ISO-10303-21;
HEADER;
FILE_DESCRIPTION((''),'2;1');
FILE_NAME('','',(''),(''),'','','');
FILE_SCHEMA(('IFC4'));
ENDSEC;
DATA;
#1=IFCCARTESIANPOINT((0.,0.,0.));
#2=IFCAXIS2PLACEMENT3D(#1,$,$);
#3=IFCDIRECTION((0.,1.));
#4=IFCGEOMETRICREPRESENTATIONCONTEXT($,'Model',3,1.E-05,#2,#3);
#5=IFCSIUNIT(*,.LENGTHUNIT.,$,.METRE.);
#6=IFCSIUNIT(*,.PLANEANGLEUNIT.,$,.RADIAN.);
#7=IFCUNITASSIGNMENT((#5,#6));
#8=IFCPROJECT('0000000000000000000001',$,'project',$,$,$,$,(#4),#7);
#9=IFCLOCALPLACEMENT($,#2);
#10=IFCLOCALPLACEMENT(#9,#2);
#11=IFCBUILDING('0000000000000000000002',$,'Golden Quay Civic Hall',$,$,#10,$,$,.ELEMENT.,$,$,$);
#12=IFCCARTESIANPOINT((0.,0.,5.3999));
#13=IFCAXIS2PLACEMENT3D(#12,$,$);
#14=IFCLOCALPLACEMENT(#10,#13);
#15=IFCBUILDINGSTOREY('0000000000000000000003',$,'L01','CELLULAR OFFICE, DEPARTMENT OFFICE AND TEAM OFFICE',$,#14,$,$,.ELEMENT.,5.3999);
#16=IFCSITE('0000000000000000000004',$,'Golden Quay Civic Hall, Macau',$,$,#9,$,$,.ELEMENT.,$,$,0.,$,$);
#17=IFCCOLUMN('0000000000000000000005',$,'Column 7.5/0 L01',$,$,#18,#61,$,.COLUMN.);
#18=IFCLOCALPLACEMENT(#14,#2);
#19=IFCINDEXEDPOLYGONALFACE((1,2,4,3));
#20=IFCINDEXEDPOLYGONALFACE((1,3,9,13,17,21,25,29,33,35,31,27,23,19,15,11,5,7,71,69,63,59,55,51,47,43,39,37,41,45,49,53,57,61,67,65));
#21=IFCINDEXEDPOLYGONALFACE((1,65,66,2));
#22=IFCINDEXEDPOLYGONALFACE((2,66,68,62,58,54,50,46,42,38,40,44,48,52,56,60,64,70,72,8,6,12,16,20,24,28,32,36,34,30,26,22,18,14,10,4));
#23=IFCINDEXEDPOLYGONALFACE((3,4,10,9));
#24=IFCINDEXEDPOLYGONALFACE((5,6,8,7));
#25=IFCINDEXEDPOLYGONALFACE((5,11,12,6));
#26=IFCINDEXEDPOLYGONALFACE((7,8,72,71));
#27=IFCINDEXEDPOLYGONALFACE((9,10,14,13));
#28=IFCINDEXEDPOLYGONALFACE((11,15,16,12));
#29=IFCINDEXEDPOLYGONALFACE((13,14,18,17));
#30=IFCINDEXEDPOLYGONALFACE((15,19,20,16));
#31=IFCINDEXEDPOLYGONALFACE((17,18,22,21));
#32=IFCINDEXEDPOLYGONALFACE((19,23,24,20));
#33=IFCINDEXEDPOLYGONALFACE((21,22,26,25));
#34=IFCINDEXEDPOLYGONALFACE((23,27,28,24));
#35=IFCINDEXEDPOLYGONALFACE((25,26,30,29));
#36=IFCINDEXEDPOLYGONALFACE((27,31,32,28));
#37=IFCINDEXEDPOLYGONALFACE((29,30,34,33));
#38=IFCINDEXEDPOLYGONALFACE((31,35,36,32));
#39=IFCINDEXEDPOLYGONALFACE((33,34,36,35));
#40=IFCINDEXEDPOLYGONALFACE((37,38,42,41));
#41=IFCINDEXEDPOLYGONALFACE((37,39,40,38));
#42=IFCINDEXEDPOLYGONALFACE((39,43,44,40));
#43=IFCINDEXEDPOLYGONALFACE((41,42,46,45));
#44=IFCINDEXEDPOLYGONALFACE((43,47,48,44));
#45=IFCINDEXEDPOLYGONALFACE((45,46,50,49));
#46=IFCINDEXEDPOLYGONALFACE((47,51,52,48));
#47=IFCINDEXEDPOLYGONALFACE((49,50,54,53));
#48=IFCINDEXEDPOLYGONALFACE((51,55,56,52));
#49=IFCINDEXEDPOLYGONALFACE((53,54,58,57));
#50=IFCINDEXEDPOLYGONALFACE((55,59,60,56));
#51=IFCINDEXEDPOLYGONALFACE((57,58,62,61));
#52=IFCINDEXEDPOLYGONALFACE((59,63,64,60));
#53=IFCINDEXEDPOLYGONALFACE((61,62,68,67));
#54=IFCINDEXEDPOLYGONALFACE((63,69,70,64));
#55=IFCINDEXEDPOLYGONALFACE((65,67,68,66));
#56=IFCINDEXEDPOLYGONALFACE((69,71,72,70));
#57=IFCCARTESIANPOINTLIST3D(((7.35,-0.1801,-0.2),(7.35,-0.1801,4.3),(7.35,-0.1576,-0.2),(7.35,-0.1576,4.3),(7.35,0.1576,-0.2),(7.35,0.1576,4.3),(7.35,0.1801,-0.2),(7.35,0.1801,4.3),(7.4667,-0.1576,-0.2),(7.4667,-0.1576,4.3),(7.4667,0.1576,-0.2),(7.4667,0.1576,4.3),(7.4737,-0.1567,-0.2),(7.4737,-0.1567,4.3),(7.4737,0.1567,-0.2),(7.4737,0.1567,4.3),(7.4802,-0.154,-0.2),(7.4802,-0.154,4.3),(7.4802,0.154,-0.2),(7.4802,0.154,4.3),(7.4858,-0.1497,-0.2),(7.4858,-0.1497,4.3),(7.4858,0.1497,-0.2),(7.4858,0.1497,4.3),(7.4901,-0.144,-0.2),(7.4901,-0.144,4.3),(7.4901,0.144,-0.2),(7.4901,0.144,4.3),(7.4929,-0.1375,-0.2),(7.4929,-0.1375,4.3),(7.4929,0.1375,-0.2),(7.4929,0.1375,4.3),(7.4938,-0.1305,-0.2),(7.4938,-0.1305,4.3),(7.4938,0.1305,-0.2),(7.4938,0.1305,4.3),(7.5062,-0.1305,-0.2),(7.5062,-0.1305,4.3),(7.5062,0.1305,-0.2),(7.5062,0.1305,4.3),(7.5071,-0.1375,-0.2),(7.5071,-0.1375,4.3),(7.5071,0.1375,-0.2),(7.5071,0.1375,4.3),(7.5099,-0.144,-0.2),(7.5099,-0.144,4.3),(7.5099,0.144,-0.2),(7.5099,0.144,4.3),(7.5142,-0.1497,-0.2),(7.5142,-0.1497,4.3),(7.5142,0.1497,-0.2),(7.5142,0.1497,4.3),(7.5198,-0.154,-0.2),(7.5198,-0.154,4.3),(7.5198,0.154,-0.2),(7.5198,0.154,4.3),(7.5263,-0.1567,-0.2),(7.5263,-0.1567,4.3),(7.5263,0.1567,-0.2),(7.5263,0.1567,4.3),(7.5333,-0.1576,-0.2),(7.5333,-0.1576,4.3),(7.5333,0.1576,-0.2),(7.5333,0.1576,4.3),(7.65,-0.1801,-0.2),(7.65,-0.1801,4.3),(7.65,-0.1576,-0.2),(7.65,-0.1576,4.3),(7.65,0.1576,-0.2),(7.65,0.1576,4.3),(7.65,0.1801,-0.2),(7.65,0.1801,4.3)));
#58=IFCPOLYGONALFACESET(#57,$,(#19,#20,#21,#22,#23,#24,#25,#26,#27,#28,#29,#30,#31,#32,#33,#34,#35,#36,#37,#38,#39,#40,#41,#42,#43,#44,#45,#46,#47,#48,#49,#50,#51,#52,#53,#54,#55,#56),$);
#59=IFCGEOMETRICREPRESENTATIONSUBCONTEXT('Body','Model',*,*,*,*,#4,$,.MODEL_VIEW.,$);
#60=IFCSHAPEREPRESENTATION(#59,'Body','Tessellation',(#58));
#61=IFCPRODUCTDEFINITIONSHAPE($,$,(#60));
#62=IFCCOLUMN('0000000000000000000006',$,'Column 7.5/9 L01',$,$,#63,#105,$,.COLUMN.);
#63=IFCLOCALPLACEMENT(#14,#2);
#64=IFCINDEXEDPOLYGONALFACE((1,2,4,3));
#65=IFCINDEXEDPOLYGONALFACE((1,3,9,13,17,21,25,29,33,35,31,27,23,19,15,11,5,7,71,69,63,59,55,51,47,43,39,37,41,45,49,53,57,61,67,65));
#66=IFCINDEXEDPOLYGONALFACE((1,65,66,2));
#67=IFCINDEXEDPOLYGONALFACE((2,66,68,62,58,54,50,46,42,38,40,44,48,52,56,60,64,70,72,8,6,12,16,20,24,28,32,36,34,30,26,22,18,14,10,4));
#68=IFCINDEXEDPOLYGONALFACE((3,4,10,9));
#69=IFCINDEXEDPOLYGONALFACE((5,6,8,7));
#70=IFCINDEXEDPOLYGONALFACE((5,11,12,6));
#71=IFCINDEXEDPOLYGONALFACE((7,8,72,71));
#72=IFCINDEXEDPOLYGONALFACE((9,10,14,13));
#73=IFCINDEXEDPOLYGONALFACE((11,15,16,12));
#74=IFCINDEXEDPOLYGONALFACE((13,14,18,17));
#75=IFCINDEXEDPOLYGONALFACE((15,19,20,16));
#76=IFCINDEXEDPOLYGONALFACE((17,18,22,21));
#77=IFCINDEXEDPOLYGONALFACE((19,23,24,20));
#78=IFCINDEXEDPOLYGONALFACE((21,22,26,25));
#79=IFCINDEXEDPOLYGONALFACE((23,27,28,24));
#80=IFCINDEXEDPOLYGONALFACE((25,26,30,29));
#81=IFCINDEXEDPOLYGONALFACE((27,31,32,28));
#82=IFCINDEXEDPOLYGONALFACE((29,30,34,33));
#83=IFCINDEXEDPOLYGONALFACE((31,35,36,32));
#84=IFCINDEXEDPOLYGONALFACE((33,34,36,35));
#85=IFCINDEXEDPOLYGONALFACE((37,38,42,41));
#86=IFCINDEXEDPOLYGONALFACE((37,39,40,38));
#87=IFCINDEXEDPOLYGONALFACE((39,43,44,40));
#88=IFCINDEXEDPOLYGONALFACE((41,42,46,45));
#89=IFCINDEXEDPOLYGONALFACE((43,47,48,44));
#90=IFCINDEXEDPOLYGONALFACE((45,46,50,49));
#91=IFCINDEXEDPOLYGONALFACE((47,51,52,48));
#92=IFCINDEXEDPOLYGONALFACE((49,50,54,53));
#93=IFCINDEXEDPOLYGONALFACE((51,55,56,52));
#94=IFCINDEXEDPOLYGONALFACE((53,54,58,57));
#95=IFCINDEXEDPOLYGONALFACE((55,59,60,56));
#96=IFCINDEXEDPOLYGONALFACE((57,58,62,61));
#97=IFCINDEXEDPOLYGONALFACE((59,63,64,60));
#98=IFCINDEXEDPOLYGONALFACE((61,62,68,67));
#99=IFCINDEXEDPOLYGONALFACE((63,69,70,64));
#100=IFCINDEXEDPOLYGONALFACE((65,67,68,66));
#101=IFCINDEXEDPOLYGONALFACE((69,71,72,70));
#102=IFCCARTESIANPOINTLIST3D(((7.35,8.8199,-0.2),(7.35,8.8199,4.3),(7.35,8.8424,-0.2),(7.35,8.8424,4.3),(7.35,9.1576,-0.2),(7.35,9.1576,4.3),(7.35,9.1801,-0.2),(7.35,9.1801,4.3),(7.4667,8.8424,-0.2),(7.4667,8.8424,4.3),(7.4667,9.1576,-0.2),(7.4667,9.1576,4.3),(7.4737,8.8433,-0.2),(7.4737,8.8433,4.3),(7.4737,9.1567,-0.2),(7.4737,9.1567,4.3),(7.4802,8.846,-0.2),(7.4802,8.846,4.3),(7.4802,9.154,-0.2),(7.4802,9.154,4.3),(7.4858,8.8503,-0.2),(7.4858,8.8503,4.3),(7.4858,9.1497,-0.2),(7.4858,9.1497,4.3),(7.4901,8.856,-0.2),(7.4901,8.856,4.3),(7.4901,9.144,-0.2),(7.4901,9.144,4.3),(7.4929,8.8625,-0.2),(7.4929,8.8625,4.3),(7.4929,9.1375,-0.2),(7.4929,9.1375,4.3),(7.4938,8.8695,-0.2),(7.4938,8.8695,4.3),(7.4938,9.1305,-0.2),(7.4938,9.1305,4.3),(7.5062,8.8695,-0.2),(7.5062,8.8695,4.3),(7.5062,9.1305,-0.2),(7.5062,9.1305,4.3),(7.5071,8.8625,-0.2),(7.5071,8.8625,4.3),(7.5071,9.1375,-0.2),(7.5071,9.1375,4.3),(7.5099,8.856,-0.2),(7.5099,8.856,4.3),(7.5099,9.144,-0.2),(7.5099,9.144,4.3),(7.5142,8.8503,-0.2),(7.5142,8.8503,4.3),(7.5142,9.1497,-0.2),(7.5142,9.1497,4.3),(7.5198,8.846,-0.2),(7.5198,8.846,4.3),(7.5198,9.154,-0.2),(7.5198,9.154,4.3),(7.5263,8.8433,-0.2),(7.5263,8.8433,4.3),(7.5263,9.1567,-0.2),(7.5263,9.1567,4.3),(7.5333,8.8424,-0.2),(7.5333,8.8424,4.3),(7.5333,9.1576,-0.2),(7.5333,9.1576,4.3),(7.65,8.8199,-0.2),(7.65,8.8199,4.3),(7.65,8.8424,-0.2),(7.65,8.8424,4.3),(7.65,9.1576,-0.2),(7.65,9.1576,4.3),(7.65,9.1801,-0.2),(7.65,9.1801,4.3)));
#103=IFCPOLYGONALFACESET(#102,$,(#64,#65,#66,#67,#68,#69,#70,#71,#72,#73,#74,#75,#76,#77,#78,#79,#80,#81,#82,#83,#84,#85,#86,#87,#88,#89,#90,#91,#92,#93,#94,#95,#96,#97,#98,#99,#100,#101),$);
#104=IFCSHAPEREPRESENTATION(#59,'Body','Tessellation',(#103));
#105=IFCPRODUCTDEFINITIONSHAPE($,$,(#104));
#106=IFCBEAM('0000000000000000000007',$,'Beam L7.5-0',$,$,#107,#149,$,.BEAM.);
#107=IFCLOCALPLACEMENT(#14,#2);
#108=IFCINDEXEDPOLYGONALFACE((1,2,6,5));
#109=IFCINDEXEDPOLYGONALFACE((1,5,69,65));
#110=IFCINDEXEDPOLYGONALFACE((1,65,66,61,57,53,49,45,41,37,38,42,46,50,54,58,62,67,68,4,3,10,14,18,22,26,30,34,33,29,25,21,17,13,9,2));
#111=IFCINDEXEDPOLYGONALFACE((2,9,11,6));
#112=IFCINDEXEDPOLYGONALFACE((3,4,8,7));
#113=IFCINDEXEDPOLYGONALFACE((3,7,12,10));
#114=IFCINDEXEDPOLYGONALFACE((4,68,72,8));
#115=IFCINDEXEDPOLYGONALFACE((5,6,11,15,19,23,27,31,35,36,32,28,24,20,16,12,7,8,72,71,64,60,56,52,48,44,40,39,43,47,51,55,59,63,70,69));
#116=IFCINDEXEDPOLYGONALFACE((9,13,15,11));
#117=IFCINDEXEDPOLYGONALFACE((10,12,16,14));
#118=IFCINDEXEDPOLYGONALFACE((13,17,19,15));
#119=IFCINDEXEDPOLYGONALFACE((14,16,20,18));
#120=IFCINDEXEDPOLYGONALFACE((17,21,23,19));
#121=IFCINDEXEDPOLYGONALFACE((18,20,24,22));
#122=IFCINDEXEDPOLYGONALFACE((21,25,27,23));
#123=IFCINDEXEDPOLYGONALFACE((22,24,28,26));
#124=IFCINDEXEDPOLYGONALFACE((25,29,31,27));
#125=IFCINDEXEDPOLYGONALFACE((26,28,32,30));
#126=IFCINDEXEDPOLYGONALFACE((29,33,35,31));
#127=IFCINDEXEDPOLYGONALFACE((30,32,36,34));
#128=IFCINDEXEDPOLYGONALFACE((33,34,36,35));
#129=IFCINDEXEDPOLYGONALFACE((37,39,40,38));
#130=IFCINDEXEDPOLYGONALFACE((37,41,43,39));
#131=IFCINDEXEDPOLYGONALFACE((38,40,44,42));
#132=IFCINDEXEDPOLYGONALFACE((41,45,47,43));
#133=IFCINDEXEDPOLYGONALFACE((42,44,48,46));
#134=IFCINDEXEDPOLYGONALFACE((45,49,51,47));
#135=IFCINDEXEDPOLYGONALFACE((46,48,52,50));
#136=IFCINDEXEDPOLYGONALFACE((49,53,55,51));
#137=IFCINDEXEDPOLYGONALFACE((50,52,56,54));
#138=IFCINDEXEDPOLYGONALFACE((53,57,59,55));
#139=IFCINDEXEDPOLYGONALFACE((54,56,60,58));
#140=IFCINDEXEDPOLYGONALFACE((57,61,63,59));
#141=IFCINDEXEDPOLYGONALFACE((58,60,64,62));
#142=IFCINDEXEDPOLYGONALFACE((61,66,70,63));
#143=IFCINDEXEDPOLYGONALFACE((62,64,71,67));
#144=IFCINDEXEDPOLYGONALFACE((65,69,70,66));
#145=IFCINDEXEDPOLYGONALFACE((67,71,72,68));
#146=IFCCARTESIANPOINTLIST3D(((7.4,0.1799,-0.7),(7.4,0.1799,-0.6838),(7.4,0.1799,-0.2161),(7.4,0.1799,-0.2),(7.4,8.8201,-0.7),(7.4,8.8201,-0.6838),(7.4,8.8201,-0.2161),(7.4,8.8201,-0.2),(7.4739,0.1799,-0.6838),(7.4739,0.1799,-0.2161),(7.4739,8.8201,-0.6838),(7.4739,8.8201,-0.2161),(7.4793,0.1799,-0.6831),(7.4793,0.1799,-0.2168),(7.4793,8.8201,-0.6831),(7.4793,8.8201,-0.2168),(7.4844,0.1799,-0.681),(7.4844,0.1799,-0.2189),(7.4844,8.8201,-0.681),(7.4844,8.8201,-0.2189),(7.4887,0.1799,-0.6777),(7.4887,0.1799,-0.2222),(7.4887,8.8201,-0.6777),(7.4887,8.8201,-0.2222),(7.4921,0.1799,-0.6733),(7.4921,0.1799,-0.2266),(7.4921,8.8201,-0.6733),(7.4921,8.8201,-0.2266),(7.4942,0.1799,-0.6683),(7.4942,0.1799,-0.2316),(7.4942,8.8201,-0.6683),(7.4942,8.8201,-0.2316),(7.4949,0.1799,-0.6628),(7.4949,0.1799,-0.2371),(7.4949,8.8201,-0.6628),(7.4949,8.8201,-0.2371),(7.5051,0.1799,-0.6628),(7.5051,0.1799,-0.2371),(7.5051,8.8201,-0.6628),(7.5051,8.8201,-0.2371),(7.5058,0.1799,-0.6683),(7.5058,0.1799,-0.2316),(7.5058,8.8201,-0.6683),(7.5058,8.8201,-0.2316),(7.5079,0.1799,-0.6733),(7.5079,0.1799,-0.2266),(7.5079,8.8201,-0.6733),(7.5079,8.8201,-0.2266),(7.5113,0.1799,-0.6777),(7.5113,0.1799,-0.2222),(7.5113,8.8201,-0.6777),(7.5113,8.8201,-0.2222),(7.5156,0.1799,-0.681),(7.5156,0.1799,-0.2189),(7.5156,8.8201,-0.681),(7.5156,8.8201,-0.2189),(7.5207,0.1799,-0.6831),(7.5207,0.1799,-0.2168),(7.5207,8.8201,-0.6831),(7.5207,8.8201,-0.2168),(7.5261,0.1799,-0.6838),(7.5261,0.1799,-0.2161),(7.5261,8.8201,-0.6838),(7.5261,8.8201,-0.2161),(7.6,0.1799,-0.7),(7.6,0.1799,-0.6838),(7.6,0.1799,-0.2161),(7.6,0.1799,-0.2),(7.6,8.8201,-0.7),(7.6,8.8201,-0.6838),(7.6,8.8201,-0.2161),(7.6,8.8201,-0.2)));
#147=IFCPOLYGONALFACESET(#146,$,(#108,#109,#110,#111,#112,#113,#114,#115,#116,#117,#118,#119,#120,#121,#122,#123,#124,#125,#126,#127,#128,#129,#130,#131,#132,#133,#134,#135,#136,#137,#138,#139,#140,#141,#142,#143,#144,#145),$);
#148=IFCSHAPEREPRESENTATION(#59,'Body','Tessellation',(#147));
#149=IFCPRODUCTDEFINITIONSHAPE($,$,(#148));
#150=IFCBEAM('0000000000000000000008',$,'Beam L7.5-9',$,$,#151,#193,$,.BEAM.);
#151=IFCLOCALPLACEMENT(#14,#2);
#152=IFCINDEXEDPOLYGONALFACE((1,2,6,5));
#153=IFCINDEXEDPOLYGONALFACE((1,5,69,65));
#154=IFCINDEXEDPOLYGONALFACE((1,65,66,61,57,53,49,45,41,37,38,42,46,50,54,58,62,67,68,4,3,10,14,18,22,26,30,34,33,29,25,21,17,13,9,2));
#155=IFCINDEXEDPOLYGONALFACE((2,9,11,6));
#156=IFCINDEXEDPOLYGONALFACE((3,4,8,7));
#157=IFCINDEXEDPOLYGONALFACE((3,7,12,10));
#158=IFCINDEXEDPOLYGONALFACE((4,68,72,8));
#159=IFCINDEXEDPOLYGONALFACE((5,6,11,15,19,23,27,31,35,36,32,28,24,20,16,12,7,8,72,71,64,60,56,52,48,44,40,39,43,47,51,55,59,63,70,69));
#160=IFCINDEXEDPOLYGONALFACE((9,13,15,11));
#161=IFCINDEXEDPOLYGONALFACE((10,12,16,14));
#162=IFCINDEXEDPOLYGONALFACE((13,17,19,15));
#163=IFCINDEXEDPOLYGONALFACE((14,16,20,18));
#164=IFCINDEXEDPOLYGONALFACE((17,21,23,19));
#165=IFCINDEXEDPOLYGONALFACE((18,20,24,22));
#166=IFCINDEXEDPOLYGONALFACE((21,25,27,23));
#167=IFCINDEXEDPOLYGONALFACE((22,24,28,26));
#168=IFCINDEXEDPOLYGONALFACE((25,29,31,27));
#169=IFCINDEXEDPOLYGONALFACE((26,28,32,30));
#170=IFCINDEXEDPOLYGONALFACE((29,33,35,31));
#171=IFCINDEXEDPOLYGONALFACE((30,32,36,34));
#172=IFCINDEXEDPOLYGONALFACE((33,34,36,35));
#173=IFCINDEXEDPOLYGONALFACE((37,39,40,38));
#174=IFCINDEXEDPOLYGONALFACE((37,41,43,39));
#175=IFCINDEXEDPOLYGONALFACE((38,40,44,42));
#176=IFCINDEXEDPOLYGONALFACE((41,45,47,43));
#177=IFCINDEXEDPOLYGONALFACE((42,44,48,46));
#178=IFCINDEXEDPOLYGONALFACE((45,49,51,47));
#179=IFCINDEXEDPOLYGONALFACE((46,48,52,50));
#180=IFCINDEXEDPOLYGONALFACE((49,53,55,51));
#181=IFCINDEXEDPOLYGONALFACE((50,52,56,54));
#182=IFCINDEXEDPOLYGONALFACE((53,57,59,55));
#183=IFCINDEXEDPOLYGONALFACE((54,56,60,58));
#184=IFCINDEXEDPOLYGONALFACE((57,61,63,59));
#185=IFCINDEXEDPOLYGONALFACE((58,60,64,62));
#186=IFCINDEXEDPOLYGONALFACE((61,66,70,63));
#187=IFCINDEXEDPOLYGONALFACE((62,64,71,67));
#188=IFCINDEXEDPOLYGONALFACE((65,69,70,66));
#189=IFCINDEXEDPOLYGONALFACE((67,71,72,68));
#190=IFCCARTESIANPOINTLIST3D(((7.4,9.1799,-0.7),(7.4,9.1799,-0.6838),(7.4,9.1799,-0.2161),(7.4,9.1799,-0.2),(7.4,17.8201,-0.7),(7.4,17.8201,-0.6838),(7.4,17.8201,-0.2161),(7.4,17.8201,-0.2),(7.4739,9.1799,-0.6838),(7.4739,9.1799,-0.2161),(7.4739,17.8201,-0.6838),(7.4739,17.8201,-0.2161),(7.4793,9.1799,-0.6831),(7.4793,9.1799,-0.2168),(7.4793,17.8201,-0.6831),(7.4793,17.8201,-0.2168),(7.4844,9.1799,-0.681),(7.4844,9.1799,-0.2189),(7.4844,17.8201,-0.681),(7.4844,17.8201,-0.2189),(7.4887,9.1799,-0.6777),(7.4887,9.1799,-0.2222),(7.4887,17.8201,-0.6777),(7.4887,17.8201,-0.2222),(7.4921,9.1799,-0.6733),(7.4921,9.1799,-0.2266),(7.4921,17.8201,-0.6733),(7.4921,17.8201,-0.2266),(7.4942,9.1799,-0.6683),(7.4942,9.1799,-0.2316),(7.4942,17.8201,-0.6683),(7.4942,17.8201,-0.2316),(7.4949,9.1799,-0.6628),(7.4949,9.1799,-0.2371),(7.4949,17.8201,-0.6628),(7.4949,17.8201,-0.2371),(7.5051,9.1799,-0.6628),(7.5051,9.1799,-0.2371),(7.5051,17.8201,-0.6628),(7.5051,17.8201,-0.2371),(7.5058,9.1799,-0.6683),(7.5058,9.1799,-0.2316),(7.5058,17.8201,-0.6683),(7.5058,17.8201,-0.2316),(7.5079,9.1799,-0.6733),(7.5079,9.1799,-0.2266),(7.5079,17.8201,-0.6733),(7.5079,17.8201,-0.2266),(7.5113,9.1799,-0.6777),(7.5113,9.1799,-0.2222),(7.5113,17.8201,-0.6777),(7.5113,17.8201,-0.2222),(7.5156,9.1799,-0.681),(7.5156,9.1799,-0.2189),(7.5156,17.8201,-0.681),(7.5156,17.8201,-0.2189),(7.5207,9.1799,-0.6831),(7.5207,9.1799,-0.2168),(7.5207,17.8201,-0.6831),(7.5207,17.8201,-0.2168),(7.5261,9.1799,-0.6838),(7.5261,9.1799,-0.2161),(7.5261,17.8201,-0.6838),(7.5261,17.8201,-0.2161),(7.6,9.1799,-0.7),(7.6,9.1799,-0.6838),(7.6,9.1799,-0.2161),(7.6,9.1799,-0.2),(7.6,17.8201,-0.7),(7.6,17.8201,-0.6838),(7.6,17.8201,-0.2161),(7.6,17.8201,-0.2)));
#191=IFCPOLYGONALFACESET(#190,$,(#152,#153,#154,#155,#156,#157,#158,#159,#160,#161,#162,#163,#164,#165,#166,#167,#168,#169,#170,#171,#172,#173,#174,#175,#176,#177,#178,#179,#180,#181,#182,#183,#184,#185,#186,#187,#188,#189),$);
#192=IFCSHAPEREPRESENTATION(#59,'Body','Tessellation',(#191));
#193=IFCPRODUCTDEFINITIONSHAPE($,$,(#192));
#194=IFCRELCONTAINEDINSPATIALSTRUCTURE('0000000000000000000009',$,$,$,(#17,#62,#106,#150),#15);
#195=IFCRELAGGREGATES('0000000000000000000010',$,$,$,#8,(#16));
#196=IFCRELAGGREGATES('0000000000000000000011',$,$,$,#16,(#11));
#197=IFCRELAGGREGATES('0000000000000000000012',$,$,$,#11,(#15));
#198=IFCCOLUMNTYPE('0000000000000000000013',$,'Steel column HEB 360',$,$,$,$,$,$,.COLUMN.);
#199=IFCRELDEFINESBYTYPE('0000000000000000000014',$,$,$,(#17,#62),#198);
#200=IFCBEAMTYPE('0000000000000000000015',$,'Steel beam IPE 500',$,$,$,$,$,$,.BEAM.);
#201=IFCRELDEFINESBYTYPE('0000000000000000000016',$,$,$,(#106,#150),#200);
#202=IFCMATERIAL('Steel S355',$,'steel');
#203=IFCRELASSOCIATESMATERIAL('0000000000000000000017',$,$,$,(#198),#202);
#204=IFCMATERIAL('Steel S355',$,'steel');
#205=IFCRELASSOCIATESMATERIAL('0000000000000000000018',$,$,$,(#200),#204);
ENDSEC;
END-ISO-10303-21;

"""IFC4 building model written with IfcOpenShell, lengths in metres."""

from ifc_helpers import new_model, si_unit, direction, frame, origin, origin_2d, place, context, subcontext, project, spatial, i_section, extrude, material, material_profile, profile_set, type_object, element, save


model = new_model("IFC4")

# Units and contexts
model_context = context("Model", 3, precision=1e-05, world=origin(), true_north=direction((0.0, 1.0)))
body_context = subcontext(model_context, "Body", "Model", "MODEL_VIEW")
ifc_project = project(units=[si_unit("LENGTHUNIT", "METRE"), si_unit("PLANEANGLEUNIT", "RADIAN")], contexts=[model_context])

# Site, building, storey
site_placement = place(None, origin())
site = spatial("IfcSite", under=ifc_project, at=site_placement, Name="Golden Quay Civic Hall, Macau", CompositionType="ELEMENT", RefElevation=0.0)
building_placement = place(site_placement, origin())
building = spatial("IfcBuilding", under=site, at=building_placement, Name="Golden Quay Civic Hall", CompositionType="ELEMENT")
storey_placement = place(building_placement, frame((0.0, 0.0, 5.3999)))
storey = spatial("IfcBuildingStorey", under=building, at=storey_placement, Name="L01", Description="CELLULAR OFFICE, DEPARTMENT OFFICE AND TEAM OFFICE", CompositionType="ELEMENT", Elevation=5.3999)

# Columns
ifc_material_1 = material(Name="Steel S355", Category="steel")
ifc_material_profile_1 = material_profile(ifc_material_1, i_section(OverallWidth=0.3, OverallDepth=0.3601, WebThickness=0.0125, FlangeThickness=0.0225, FilletRadius=0.0271, at=origin_2d()), Name="HEB 360")
ifc_profile_set_1 = profile_set([ifc_material_profile_1], Name="Steel S355")
column_type = type_object("IfcColumnType", Name="Steel column HEB 360", PredefinedType="COLUMN", material=ifc_profile_set_1)
for number, where, z_axis, x_axis, name in (
    (1, (7.5, 0.0, -0.2), (0.0, 0.0, 1.0), (1.0, 0.0, 0.0), "Column 7.5/0 L01"),
    (2, (7.5, 9.0, -0.2), (0.0, 0.0, 1.0), (1.0, 0.0, 0.0), "Column 7.5/9 L01"),
):
    element("IfcColumn", number, at=place(storey_placement, frame(where, z_axis=z_axis, x_axis=x_axis)), inside=storey, type_object=column_type, Name=name, PredefinedType="COLUMN", context=body_context, shape_type="SweptSolid", body=[
        extrude(i_section(OverallWidth=0.3, OverallDepth=0.3601, WebThickness=0.0125, FlangeThickness=0.0225, FilletRadius=0.0271, at=origin_2d()), origin(), (0.0, 0.0, 1.0), 4.5),
    ])

# Beams
ifc_material_2 = material(Name="Steel S355", Category="steel")
ifc_material_profile_2 = material_profile(ifc_material_2, i_section(OverallWidth=0.2, OverallDepth=0.5, WebThickness=0.0103, FlangeThickness=0.0161, FilletRadius=0.021, at=origin_2d()), Name="IPE 500")
ifc_profile_set_2 = profile_set([ifc_material_profile_2], Name="Steel S355")
beam_type_1 = type_object("IfcBeamType", Name="Steel beam IPE 500", PredefinedType="BEAM", material=ifc_profile_set_2)
for number, where, z_axis, x_axis, name in (
    (3, (7.5, 0.1799, -0.45), (0.0, 1.0, 0.0), (-1.0, 0.0, 0.0), "Beam L7.5-0"),
    (4, (7.5, 9.1799, -0.45), (0.0, 1.0, 0.0), (-1.0, 0.0, 0.0), "Beam L7.5-9"),
):
    element("IfcBeam", number, at=place(storey_placement, frame(where, z_axis=z_axis, x_axis=x_axis)), inside=storey, type_object=beam_type_1, Name=name, PredefinedType="BEAM", context=body_context, shape_type="SweptSolid", body=[
        extrude(i_section(OverallWidth=0.2, OverallDepth=0.5, WebThickness=0.0103, FlangeThickness=0.0161, FilletRadius=0.021, at=origin_2d()), origin(), (0.0, 0.0, 1.0), 8.6401),
    ])

save(model, "model.ifc")
